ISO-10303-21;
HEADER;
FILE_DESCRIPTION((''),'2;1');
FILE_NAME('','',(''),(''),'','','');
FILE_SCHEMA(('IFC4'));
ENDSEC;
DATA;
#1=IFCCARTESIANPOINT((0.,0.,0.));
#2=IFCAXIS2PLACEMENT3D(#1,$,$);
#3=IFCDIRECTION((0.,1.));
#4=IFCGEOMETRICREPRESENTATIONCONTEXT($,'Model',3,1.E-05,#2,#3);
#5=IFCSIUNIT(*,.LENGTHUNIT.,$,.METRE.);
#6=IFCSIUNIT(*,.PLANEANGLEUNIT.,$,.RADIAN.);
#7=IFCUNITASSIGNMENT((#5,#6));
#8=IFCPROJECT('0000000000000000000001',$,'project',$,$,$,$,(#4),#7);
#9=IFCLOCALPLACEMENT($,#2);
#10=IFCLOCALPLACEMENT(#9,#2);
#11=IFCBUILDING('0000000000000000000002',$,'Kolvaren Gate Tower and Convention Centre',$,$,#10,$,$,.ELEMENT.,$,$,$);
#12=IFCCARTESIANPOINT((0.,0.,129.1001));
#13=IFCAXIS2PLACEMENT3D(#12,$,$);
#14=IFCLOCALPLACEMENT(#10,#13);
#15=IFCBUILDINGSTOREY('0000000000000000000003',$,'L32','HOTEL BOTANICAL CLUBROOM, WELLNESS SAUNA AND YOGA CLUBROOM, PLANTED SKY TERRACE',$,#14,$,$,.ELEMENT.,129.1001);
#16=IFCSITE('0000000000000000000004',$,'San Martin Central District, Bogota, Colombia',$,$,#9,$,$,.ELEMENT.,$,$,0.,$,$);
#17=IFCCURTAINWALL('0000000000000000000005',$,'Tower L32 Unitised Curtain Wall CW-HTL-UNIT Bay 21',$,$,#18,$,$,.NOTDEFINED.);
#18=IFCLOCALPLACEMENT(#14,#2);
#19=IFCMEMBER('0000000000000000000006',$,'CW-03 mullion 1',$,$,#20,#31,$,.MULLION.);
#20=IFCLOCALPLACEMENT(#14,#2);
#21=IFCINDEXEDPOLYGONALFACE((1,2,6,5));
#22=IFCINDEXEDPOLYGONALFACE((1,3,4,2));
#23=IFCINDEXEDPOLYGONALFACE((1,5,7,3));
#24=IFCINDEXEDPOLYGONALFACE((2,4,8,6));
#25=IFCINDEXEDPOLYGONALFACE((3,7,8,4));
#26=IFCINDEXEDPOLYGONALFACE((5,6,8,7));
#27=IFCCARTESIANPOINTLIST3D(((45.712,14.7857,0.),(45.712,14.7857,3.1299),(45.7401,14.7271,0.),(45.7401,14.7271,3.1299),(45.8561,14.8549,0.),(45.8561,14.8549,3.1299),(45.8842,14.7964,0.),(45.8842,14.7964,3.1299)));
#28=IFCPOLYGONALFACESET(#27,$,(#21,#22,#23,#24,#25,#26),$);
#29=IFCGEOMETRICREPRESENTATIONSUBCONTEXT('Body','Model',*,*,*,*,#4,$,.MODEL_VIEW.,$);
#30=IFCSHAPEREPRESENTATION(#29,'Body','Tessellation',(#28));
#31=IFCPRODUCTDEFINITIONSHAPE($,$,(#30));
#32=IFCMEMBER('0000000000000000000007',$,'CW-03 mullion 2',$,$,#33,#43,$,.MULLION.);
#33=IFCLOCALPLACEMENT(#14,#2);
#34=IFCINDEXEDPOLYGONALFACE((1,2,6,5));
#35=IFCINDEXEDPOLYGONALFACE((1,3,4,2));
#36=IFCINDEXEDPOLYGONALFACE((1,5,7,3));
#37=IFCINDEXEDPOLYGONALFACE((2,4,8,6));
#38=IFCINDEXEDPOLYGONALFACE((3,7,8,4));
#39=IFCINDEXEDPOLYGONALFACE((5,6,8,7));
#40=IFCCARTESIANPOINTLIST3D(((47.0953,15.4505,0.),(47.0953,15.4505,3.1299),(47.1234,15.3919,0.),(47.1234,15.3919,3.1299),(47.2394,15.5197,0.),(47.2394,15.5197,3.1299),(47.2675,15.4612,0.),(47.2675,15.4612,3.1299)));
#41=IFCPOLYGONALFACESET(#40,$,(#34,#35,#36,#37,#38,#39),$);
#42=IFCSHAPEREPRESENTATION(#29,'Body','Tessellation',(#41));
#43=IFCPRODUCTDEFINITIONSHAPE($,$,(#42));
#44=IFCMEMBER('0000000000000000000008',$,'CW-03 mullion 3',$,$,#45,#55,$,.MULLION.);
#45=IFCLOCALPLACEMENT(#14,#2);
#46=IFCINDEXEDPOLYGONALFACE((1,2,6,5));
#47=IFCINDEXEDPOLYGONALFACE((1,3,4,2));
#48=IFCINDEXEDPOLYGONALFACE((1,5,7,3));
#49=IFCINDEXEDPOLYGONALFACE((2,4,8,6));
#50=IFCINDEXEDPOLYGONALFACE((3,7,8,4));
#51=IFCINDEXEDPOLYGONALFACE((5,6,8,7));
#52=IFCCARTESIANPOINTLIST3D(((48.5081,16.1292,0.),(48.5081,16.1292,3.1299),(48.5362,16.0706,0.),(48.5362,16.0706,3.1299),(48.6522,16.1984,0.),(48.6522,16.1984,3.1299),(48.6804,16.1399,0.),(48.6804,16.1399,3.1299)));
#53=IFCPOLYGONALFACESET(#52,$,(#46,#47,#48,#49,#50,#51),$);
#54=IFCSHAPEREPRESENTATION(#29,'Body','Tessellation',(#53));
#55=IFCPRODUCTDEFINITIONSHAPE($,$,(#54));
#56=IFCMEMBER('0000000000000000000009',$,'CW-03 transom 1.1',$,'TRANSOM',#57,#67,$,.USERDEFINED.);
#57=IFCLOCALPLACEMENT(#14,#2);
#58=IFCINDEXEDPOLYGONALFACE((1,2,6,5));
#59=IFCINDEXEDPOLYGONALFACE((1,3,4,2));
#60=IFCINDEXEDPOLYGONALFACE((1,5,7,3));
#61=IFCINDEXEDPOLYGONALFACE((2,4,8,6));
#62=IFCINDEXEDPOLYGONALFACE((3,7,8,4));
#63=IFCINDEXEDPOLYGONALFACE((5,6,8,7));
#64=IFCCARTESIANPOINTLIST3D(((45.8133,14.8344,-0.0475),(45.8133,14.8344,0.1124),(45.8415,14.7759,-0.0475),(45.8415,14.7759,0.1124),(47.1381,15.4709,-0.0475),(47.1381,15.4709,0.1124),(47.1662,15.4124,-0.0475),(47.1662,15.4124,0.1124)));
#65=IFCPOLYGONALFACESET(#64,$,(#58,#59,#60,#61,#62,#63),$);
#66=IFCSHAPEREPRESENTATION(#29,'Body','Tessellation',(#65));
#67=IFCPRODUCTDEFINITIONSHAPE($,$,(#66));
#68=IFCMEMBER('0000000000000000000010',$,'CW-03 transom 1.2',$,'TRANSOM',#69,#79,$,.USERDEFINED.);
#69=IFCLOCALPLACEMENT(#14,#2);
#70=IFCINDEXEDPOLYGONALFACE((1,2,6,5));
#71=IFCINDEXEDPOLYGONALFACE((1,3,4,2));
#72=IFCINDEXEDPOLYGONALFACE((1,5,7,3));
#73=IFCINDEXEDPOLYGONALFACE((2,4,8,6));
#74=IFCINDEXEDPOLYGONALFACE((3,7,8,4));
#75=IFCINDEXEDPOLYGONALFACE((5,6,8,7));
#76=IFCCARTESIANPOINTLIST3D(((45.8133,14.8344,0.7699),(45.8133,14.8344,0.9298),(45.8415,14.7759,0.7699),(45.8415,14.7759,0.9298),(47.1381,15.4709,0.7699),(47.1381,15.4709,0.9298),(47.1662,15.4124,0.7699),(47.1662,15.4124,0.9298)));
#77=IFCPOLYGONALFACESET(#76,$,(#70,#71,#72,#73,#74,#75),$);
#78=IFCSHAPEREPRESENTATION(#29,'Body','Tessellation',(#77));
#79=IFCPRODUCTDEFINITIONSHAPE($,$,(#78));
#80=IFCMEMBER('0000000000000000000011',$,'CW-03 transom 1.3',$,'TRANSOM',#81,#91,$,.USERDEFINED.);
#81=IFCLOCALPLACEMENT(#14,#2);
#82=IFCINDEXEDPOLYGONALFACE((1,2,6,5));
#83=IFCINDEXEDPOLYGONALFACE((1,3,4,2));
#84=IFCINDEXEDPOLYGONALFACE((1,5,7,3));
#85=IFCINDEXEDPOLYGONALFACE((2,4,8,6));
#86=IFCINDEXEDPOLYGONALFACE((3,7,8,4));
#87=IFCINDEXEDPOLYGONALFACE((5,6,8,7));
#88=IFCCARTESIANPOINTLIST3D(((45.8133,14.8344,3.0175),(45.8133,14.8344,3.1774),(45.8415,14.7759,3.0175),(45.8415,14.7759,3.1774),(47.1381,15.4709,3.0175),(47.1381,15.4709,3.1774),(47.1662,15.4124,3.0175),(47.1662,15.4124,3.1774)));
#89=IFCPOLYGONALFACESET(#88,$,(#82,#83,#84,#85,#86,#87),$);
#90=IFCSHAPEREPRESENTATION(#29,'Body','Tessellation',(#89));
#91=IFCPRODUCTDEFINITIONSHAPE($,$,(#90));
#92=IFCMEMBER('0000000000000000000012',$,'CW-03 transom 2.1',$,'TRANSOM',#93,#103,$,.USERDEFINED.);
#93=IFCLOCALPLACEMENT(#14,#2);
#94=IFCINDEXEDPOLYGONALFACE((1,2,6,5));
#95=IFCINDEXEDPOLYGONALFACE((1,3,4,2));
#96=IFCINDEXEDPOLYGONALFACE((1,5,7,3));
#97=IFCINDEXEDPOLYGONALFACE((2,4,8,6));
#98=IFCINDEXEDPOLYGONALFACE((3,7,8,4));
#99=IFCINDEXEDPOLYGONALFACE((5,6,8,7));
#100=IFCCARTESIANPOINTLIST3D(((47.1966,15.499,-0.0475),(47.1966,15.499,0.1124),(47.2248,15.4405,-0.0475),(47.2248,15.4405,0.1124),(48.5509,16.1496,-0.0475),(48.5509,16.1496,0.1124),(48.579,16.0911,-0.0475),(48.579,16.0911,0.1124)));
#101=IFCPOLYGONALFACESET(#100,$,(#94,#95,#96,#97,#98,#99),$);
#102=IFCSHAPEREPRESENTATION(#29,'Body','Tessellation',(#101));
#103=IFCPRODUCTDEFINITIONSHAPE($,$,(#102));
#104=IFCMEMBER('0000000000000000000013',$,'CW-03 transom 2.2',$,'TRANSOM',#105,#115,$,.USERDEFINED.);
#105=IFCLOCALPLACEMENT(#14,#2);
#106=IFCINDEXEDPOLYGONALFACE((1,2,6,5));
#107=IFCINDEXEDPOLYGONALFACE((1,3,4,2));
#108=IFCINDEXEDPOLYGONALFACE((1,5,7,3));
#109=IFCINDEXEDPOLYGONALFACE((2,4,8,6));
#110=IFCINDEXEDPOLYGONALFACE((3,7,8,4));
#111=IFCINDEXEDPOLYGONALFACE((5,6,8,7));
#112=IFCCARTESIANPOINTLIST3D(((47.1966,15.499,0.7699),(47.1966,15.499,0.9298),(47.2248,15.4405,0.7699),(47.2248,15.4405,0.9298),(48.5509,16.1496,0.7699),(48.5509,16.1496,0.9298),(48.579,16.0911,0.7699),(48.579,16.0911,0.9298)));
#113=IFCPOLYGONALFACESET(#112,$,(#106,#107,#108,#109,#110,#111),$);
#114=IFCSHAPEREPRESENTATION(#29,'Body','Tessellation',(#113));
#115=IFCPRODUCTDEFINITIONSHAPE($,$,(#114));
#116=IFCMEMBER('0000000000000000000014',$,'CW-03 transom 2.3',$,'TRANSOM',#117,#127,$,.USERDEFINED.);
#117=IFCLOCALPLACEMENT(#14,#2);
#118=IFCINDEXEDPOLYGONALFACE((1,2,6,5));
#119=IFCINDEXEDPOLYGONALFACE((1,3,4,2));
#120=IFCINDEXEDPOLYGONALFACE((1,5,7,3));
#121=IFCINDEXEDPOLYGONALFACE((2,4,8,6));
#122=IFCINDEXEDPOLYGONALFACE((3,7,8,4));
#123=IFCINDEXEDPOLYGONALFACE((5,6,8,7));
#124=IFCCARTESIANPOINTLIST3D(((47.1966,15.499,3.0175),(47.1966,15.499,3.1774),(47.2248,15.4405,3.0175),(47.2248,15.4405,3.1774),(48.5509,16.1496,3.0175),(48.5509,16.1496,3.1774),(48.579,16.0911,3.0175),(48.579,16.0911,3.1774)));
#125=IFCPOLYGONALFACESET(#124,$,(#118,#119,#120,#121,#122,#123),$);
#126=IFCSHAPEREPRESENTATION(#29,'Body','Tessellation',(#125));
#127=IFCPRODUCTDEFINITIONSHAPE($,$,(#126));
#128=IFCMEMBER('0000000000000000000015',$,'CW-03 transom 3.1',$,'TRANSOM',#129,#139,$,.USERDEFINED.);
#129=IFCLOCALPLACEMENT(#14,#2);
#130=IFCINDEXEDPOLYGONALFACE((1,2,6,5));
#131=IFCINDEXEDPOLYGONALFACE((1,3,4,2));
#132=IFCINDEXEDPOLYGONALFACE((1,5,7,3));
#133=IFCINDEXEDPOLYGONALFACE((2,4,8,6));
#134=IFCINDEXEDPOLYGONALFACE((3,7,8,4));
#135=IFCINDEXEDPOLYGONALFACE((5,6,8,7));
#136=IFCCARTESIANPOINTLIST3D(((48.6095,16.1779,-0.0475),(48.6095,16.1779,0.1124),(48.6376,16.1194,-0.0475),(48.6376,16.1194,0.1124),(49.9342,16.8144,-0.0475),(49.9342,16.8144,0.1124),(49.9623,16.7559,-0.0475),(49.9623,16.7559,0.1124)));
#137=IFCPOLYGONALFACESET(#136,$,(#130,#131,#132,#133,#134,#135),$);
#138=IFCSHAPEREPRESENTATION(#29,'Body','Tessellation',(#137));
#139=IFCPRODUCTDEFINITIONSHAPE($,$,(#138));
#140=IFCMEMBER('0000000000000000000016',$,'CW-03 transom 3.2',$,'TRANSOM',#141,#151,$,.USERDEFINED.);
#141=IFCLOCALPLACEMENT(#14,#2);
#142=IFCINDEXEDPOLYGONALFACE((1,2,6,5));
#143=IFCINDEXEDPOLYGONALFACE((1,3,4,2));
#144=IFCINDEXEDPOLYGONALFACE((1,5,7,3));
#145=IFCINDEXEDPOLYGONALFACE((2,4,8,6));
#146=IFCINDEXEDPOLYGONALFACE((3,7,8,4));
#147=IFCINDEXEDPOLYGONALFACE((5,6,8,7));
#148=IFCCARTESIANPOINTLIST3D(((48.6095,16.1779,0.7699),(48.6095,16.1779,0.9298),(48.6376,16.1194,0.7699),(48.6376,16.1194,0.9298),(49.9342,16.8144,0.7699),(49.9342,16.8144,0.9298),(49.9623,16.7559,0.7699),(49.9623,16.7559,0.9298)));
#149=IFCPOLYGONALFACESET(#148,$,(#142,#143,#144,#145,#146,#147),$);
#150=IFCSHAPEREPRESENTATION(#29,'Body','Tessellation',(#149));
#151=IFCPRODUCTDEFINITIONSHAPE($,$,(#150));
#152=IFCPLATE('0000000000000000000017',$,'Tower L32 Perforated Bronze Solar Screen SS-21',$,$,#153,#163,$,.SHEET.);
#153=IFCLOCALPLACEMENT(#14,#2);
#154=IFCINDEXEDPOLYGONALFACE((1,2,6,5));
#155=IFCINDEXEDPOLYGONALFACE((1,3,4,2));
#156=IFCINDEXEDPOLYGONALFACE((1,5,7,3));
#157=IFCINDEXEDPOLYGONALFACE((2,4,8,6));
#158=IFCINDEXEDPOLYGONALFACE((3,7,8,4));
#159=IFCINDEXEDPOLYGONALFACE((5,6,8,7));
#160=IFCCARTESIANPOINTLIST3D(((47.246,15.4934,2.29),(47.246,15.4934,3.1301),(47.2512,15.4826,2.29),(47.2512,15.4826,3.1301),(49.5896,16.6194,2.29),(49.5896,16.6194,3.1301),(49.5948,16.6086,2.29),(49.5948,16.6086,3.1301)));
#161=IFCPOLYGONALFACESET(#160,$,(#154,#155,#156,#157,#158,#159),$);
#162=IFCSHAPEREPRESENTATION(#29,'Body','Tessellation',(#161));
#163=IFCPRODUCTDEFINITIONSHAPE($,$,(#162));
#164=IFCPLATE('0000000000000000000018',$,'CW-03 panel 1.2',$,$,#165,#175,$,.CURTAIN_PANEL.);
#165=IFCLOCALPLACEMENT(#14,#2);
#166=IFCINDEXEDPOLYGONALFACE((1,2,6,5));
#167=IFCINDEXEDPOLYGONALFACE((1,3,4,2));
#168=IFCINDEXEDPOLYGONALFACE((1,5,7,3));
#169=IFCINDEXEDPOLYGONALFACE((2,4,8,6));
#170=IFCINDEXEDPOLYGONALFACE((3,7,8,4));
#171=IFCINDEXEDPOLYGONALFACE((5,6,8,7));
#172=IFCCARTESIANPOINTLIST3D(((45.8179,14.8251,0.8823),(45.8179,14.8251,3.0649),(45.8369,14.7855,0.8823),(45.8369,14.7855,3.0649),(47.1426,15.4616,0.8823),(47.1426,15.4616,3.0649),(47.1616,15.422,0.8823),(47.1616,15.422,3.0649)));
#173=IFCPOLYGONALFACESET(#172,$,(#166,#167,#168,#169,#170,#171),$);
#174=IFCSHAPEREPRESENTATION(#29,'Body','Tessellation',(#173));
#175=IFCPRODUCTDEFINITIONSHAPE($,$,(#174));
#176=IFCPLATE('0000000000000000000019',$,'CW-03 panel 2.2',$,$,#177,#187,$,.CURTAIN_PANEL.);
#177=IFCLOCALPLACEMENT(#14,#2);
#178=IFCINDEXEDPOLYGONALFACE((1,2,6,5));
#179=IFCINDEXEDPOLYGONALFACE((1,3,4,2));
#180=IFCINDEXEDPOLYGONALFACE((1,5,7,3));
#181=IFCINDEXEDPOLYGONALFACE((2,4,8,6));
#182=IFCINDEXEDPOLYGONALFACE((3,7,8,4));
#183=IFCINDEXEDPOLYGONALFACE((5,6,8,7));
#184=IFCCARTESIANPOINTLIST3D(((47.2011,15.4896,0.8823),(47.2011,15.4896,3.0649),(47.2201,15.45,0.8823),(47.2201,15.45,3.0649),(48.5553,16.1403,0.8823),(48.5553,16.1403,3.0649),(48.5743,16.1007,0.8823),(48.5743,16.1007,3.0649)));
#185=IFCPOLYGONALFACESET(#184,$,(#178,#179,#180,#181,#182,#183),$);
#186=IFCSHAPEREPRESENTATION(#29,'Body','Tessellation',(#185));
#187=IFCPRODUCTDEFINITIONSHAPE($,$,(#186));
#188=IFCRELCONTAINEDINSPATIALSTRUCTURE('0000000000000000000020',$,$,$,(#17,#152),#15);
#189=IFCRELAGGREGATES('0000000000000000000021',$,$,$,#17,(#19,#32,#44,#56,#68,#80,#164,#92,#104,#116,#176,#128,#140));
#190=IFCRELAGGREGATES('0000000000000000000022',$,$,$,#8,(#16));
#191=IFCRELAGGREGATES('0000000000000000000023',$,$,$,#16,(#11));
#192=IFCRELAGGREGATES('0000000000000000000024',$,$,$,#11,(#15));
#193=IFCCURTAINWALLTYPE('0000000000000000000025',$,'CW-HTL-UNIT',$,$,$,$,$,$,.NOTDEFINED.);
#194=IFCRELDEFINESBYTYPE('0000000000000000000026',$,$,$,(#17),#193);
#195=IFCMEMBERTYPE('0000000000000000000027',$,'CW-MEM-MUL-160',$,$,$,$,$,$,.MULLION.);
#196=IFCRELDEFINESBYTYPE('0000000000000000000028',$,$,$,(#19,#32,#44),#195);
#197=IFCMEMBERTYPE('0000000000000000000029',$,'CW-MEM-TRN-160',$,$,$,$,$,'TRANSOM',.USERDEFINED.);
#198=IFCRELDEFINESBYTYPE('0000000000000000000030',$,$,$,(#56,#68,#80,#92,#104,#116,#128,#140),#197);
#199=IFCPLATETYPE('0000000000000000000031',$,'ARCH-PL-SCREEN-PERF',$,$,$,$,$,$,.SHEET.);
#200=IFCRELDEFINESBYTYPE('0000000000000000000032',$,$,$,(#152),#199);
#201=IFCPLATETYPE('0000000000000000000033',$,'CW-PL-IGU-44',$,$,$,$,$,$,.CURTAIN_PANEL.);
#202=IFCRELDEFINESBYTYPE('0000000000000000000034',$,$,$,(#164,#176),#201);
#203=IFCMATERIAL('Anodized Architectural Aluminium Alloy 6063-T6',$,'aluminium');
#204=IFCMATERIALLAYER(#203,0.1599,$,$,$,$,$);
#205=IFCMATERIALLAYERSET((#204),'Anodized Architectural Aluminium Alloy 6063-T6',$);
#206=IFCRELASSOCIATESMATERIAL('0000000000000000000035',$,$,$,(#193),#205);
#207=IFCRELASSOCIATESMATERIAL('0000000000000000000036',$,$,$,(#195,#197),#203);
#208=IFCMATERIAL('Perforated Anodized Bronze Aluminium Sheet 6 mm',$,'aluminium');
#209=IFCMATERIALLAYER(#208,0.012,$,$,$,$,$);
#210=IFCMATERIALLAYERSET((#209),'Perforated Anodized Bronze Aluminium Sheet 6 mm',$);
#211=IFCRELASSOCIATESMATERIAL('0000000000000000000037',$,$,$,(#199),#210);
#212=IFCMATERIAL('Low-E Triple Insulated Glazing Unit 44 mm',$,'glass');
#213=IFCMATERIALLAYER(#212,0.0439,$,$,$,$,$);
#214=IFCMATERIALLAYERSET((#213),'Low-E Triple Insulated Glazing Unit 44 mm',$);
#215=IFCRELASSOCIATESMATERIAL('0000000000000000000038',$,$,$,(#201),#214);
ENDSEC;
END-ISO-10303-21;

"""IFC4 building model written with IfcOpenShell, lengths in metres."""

from ifc_helpers import new_model, si_unit, direction, frame, origin, origin_2d, place, context, subcontext, project, spatial, rectangle, extrude, material, layer, layer_set, material_profile, profile_set, type_object, element, aggregate, save


model = new_model("IFC4")

# Units and contexts
model_context = context("Model", 3, precision=1e-05, world=origin(), true_north=direction((0.0, 1.0)))
body_context = subcontext(model_context, "Body", "Model", "MODEL_VIEW")
ifc_project = project(units=[si_unit("LENGTHUNIT", "METRE"), si_unit("PLANEANGLEUNIT", "RADIAN")], contexts=[model_context])

# Site, building, storey
site_placement = place(None, origin())
site = spatial("IfcSite", under=ifc_project, at=site_placement, Name="San Martin Central District, Bogota, Colombia", CompositionType="ELEMENT", RefElevation=0.0)
building_placement = place(site_placement, origin())
building = spatial("IfcBuilding", under=site, at=building_placement, Name="Kolvaren Gate Tower and Convention Centre", CompositionType="ELEMENT")
storey_placement = place(building_placement, frame((0.0, 0.0, 129.1001)))
storey = spatial("IfcBuildingStorey", under=building, at=storey_placement, Name="L32", Description="HOTEL BOTANICAL CLUBROOM, WELLNESS SAUNA AND YOGA CLUBROOM, PLANTED SKY TERRACE", CompositionType="ELEMENT", Elevation=129.1001)

# Curtain wall, members
ifc_material_1 = material(Name="Anodized Architectural Aluminium Alloy 6063-T6", Category="aluminium")
ifc_layer_1 = layer(ifc_material_1, 0.1599)
ifc_layer_set_1 = layer_set([ifc_layer_1], Name="Anodized Architectural Aluminium Alloy 6063-T6")
curtain_wall_type = type_object("IfcCurtainWallType", Name="CW-HTL-UNIT", PredefinedType="NOTDEFINED", material=ifc_layer_set_1)
curtain_wall_placement = place(storey_placement, origin())
curtain_wall = element("IfcCurtainWall", 1, at=curtain_wall_placement, inside=storey, type_object=curtain_wall_type, Name="Tower L32 Unitised Curtain Wall CW-HTL-UNIT Bay 21", PredefinedType="NOTDEFINED")
ifc_material_profile_1 = material_profile(ifc_material_1, rectangle(XDim=0.0649, YDim=0.1599, at=origin_2d()), Name="CW-MEM-MUL-160")
ifc_profile_set_1 = profile_set([ifc_material_profile_1], Name="Anodized Architectural Aluminium Alloy 6063-T6")
member_type_1 = type_object("IfcMemberType", Name="CW-MEM-MUL-160", PredefinedType="MULLION", material=ifc_profile_set_1)
member_1_placement = place(storey_placement, frame((45.7981, 14.791, 0.0), z_axis=(0.0, 0.0, 1.0), x_axis=(-0.433071, 0.90136, 0.0)))
member_1 = element("IfcMember", 2, at=member_1_placement, type_object=member_type_1, Name="CW-03 mullion 1", PredefinedType="MULLION", context=body_context, shape_type="SweptSolid", body=[
    extrude(rectangle(XDim=0.0649, YDim=0.1599, at=origin_2d()), origin(), (0.0, 0.0, 1.0), 3.1299),
])
member_2_placement = place(storey_placement, frame((47.1814, 15.4558, 0.0), z_axis=(0.0, 0.0, 1.0), x_axis=(-0.433071, 0.90136, 0.0)))
member_2 = element("IfcMember", 3, at=member_2_placement, type_object=member_type_1, Name="CW-03 mullion 2", PredefinedType="MULLION", context=body_context, shape_type="SweptSolid", body=[
    extrude(rectangle(XDim=0.0649, YDim=0.1599, at=origin_2d()), origin(), (0.0, 0.0, 1.0), 3.1299),
])
member_3_placement = place(storey_placement, frame((48.5942, 16.1345, 0.0), z_axis=(0.0, 0.0, 1.0), x_axis=(-0.433071, 0.90136, 0.0)))
member_3 = element("IfcMember", 4, at=member_3_placement, type_object=member_type_1, Name="CW-03 mullion 3", PredefinedType="MULLION", context=body_context, shape_type="SweptSolid", body=[
    extrude(rectangle(XDim=0.0649, YDim=0.1599, at=origin_2d()), origin(), (0.0, 0.0, 1.0), 3.1299),
])
ifc_material_profile_2 = material_profile(ifc_material_1, rectangle(XDim=0.0649, YDim=0.1599, at=origin_2d()), Name="CW-MEM-TRN-160")
ifc_profile_set_2 = profile_set([ifc_material_profile_2], Name="Anodized Architectural Aluminium Alloy 6063-T6")
member_type_2 = type_object("IfcMemberType", Name="CW-MEM-TRN-160", ElementType="TRANSOM", PredefinedType="USERDEFINED", material=ifc_profile_set_2)
member_4_placement = place(storey_placement, frame((45.8274, 14.8052, 0.0325), z_axis=(0.90136, 0.433071, 0.0), x_axis=(-0.433071, 0.90136, 0.0)))
member_4 = element("IfcMember", 5, at=member_4_placement, type_object=member_type_2, Name="CW-03 transom 1.1", ObjectType="TRANSOM", PredefinedType="USERDEFINED", context=body_context, shape_type="SweptSolid", body=[
    extrude(rectangle(XDim=0.0649, YDim=0.1599, at=origin_2d()), origin(), (0.0, 0.0, 1.0), 1.4697),
])
member_5_placement = place(storey_placement, frame((45.8274, 14.8052, 0.8499), z_axis=(0.90136, 0.433071, 0.0), x_axis=(-0.433071, 0.90136, 0.0)))
member_5 = element("IfcMember", 6, at=member_5_placement, type_object=member_type_2, Name="CW-03 transom 1.2", ObjectType="TRANSOM", PredefinedType="USERDEFINED", context=body_context, shape_type="SweptSolid", body=[
    extrude(rectangle(XDim=0.0649, YDim=0.1599, at=origin_2d()), origin(), (0.0, 0.0, 1.0), 1.4697),
])
member_6_placement = place(storey_placement, frame((45.8274, 14.8052, 3.0974), z_axis=(0.90136, 0.433071, 0.0), x_axis=(-0.433071, 0.90136, 0.0)))
member_6 = element("IfcMember", 7, at=member_6_placement, type_object=member_type_2, Name="CW-03 transom 1.3", ObjectType="TRANSOM", PredefinedType="USERDEFINED", context=body_context, shape_type="SweptSolid", body=[
    extrude(rectangle(XDim=0.0649, YDim=0.1599, at=origin_2d()), origin(), (0.0, 0.0, 1.0), 1.4697),
])
member_7_placement = place(storey_placement, frame((47.2107, 15.4697, 0.0325), z_axis=(0.901368, 0.433053, 0.0), x_axis=(-0.433053, 0.901368, 0.0)))
member_7 = element("IfcMember", 8, at=member_7_placement, type_object=member_type_2, Name="CW-03 transom 2.1", ObjectType="TRANSOM", PredefinedType="USERDEFINED", context=body_context, shape_type="SweptSolid", body=[
    extrude(rectangle(XDim=0.0649, YDim=0.1599, at=origin_2d()), origin(), (0.0, 0.0, 1.0), 1.5024),
])
member_8_placement = place(storey_placement, frame((47.2107, 15.4697, 0.8499), z_axis=(0.901368, 0.433053, 0.0), x_axis=(-0.433053, 0.901368, 0.0)))
member_8 = element("IfcMember", 9, at=member_8_placement, type_object=member_type_2, Name="CW-03 transom 2.2", ObjectType="TRANSOM", PredefinedType="USERDEFINED", context=body_context, shape_type="SweptSolid", body=[
    extrude(rectangle(XDim=0.0649, YDim=0.1599, at=origin_2d()), origin(), (0.0, 0.0, 1.0), 1.5024),
])
member_9_placement = place(storey_placement, frame((47.2107, 15.4697, 3.0974), z_axis=(0.901368, 0.433053, 0.0), x_axis=(-0.433053, 0.901368, 0.0)))
member_9 = element("IfcMember", 10, at=member_9_placement, type_object=member_type_2, Name="CW-03 transom 2.3", ObjectType="TRANSOM", PredefinedType="USERDEFINED", context=body_context, shape_type="SweptSolid", body=[
    extrude(rectangle(XDim=0.0649, YDim=0.1599, at=origin_2d()), origin(), (0.0, 0.0, 1.0), 1.5024),
])
member_10_placement = place(storey_placement, frame((48.6235, 16.1487, 0.0325), z_axis=(0.90136, 0.433071, 0.0), x_axis=(-0.433071, 0.90136, 0.0)))
member_10 = element("IfcMember", 11, at=member_10_placement, type_object=member_type_2, Name="CW-03 transom 3.1", ObjectType="TRANSOM", PredefinedType="USERDEFINED", context=body_context, shape_type="SweptSolid", body=[
    extrude(rectangle(XDim=0.0649, YDim=0.1599, at=origin_2d()), origin(), (0.0, 0.0, 1.0), 1.4697),
])
member_11_placement = place(storey_placement, frame((48.6235, 16.1487, 0.8499), z_axis=(0.90136, 0.433071, 0.0), x_axis=(-0.433071, 0.90136, 0.0)))
member_11 = element("IfcMember", 12, at=member_11_placement, type_object=member_type_2, Name="CW-03 transom 3.2", ObjectType="TRANSOM", PredefinedType="USERDEFINED", context=body_context, shape_type="SweptSolid", body=[
    extrude(rectangle(XDim=0.0649, YDim=0.1599, at=origin_2d()), origin(), (0.0, 0.0, 1.0), 1.4697),
])

# Plates
ifc_material_2 = material(Name="Perforated Anodized Bronze Aluminium Sheet 6 mm", Category="aluminium")
ifc_layer_2 = layer(ifc_material_2, 0.012)
ifc_layer_set_2 = layer_set([ifc_layer_2], Name="Perforated Anodized Bronze Aluminium Sheet 6 mm")
plate_type_1 = type_object("IfcPlateType", Name="ARCH-PL-SCREEN-PERF", PredefinedType="SHEET", material=ifc_layer_set_2)
plate_1_placement = place(storey_placement, frame((48.4204, 16.051, 2.29), z_axis=(0.0, 0.0, 1.0), x_axis=(0.901363, 0.433065, 0.0)))
element("IfcPlate", 13, at=plate_1_placement, inside=storey, type_object=plate_type_1, Name="Tower L32 Perforated Bronze Solar Screen SS-21", PredefinedType="SHEET", context=body_context, shape_type="SweptSolid", body=[
    extrude(rectangle(XDim=2.6001, YDim=0.012, at=origin_2d()), origin(), (0.0, 0.0, 1.0), 0.8401),
])
ifc_material_3 = material(Name="Low-E Triple Insulated Glazing Unit 44 mm", Category="glass")
ifc_layer_3 = layer(ifc_material_3, 0.0439)
ifc_layer_set_3 = layer_set([ifc_layer_3], Name="Low-E Triple Insulated Glazing Unit 44 mm")
plate_type_2 = type_object("IfcPlateType", Name="CW-PL-IGU-44", PredefinedType="CURTAIN_PANEL", material=ifc_layer_set_3)
plate_2_placement = place(storey_placement, frame((46.4897, 15.1235, 0.8823), z_axis=(0.0, 0.0, 1.0), x_axis=(0.90136, 0.433071, 0.0)))
plate_2 = element("IfcPlate", 14, at=plate_2_placement, type_object=plate_type_2, Name="CW-03 panel 1.2", PredefinedType="CURTAIN_PANEL", context=body_context, shape_type="SweptSolid", body=[
    extrude(rectangle(XDim=1.4697, YDim=0.0439, at=origin_2d()), origin(), (0.0, 0.0, 1.0), 2.1826),
])
plate_3_placement = place(storey_placement, frame((47.8877, 15.7952, 0.8823), z_axis=(0.0, 0.0, 1.0), x_axis=(0.90136, 0.433071, 0.0)))
plate_3 = element("IfcPlate", 15, at=plate_3_placement, type_object=plate_type_2, Name="CW-03 panel 2.2", PredefinedType="CURTAIN_PANEL", context=body_context, shape_type="SweptSolid", body=[
    extrude(rectangle(XDim=1.5024, YDim=0.0439, at=origin_2d()), origin(), (0.0, 0.0, 1.0), 2.1826),
])
aggregate(curtain_wall, [member_1, member_2, member_3, member_4, member_5, member_6, plate_2, member_7, member_8, member_9, plate_3, member_10, member_11])

save(model, "model.ifc")
